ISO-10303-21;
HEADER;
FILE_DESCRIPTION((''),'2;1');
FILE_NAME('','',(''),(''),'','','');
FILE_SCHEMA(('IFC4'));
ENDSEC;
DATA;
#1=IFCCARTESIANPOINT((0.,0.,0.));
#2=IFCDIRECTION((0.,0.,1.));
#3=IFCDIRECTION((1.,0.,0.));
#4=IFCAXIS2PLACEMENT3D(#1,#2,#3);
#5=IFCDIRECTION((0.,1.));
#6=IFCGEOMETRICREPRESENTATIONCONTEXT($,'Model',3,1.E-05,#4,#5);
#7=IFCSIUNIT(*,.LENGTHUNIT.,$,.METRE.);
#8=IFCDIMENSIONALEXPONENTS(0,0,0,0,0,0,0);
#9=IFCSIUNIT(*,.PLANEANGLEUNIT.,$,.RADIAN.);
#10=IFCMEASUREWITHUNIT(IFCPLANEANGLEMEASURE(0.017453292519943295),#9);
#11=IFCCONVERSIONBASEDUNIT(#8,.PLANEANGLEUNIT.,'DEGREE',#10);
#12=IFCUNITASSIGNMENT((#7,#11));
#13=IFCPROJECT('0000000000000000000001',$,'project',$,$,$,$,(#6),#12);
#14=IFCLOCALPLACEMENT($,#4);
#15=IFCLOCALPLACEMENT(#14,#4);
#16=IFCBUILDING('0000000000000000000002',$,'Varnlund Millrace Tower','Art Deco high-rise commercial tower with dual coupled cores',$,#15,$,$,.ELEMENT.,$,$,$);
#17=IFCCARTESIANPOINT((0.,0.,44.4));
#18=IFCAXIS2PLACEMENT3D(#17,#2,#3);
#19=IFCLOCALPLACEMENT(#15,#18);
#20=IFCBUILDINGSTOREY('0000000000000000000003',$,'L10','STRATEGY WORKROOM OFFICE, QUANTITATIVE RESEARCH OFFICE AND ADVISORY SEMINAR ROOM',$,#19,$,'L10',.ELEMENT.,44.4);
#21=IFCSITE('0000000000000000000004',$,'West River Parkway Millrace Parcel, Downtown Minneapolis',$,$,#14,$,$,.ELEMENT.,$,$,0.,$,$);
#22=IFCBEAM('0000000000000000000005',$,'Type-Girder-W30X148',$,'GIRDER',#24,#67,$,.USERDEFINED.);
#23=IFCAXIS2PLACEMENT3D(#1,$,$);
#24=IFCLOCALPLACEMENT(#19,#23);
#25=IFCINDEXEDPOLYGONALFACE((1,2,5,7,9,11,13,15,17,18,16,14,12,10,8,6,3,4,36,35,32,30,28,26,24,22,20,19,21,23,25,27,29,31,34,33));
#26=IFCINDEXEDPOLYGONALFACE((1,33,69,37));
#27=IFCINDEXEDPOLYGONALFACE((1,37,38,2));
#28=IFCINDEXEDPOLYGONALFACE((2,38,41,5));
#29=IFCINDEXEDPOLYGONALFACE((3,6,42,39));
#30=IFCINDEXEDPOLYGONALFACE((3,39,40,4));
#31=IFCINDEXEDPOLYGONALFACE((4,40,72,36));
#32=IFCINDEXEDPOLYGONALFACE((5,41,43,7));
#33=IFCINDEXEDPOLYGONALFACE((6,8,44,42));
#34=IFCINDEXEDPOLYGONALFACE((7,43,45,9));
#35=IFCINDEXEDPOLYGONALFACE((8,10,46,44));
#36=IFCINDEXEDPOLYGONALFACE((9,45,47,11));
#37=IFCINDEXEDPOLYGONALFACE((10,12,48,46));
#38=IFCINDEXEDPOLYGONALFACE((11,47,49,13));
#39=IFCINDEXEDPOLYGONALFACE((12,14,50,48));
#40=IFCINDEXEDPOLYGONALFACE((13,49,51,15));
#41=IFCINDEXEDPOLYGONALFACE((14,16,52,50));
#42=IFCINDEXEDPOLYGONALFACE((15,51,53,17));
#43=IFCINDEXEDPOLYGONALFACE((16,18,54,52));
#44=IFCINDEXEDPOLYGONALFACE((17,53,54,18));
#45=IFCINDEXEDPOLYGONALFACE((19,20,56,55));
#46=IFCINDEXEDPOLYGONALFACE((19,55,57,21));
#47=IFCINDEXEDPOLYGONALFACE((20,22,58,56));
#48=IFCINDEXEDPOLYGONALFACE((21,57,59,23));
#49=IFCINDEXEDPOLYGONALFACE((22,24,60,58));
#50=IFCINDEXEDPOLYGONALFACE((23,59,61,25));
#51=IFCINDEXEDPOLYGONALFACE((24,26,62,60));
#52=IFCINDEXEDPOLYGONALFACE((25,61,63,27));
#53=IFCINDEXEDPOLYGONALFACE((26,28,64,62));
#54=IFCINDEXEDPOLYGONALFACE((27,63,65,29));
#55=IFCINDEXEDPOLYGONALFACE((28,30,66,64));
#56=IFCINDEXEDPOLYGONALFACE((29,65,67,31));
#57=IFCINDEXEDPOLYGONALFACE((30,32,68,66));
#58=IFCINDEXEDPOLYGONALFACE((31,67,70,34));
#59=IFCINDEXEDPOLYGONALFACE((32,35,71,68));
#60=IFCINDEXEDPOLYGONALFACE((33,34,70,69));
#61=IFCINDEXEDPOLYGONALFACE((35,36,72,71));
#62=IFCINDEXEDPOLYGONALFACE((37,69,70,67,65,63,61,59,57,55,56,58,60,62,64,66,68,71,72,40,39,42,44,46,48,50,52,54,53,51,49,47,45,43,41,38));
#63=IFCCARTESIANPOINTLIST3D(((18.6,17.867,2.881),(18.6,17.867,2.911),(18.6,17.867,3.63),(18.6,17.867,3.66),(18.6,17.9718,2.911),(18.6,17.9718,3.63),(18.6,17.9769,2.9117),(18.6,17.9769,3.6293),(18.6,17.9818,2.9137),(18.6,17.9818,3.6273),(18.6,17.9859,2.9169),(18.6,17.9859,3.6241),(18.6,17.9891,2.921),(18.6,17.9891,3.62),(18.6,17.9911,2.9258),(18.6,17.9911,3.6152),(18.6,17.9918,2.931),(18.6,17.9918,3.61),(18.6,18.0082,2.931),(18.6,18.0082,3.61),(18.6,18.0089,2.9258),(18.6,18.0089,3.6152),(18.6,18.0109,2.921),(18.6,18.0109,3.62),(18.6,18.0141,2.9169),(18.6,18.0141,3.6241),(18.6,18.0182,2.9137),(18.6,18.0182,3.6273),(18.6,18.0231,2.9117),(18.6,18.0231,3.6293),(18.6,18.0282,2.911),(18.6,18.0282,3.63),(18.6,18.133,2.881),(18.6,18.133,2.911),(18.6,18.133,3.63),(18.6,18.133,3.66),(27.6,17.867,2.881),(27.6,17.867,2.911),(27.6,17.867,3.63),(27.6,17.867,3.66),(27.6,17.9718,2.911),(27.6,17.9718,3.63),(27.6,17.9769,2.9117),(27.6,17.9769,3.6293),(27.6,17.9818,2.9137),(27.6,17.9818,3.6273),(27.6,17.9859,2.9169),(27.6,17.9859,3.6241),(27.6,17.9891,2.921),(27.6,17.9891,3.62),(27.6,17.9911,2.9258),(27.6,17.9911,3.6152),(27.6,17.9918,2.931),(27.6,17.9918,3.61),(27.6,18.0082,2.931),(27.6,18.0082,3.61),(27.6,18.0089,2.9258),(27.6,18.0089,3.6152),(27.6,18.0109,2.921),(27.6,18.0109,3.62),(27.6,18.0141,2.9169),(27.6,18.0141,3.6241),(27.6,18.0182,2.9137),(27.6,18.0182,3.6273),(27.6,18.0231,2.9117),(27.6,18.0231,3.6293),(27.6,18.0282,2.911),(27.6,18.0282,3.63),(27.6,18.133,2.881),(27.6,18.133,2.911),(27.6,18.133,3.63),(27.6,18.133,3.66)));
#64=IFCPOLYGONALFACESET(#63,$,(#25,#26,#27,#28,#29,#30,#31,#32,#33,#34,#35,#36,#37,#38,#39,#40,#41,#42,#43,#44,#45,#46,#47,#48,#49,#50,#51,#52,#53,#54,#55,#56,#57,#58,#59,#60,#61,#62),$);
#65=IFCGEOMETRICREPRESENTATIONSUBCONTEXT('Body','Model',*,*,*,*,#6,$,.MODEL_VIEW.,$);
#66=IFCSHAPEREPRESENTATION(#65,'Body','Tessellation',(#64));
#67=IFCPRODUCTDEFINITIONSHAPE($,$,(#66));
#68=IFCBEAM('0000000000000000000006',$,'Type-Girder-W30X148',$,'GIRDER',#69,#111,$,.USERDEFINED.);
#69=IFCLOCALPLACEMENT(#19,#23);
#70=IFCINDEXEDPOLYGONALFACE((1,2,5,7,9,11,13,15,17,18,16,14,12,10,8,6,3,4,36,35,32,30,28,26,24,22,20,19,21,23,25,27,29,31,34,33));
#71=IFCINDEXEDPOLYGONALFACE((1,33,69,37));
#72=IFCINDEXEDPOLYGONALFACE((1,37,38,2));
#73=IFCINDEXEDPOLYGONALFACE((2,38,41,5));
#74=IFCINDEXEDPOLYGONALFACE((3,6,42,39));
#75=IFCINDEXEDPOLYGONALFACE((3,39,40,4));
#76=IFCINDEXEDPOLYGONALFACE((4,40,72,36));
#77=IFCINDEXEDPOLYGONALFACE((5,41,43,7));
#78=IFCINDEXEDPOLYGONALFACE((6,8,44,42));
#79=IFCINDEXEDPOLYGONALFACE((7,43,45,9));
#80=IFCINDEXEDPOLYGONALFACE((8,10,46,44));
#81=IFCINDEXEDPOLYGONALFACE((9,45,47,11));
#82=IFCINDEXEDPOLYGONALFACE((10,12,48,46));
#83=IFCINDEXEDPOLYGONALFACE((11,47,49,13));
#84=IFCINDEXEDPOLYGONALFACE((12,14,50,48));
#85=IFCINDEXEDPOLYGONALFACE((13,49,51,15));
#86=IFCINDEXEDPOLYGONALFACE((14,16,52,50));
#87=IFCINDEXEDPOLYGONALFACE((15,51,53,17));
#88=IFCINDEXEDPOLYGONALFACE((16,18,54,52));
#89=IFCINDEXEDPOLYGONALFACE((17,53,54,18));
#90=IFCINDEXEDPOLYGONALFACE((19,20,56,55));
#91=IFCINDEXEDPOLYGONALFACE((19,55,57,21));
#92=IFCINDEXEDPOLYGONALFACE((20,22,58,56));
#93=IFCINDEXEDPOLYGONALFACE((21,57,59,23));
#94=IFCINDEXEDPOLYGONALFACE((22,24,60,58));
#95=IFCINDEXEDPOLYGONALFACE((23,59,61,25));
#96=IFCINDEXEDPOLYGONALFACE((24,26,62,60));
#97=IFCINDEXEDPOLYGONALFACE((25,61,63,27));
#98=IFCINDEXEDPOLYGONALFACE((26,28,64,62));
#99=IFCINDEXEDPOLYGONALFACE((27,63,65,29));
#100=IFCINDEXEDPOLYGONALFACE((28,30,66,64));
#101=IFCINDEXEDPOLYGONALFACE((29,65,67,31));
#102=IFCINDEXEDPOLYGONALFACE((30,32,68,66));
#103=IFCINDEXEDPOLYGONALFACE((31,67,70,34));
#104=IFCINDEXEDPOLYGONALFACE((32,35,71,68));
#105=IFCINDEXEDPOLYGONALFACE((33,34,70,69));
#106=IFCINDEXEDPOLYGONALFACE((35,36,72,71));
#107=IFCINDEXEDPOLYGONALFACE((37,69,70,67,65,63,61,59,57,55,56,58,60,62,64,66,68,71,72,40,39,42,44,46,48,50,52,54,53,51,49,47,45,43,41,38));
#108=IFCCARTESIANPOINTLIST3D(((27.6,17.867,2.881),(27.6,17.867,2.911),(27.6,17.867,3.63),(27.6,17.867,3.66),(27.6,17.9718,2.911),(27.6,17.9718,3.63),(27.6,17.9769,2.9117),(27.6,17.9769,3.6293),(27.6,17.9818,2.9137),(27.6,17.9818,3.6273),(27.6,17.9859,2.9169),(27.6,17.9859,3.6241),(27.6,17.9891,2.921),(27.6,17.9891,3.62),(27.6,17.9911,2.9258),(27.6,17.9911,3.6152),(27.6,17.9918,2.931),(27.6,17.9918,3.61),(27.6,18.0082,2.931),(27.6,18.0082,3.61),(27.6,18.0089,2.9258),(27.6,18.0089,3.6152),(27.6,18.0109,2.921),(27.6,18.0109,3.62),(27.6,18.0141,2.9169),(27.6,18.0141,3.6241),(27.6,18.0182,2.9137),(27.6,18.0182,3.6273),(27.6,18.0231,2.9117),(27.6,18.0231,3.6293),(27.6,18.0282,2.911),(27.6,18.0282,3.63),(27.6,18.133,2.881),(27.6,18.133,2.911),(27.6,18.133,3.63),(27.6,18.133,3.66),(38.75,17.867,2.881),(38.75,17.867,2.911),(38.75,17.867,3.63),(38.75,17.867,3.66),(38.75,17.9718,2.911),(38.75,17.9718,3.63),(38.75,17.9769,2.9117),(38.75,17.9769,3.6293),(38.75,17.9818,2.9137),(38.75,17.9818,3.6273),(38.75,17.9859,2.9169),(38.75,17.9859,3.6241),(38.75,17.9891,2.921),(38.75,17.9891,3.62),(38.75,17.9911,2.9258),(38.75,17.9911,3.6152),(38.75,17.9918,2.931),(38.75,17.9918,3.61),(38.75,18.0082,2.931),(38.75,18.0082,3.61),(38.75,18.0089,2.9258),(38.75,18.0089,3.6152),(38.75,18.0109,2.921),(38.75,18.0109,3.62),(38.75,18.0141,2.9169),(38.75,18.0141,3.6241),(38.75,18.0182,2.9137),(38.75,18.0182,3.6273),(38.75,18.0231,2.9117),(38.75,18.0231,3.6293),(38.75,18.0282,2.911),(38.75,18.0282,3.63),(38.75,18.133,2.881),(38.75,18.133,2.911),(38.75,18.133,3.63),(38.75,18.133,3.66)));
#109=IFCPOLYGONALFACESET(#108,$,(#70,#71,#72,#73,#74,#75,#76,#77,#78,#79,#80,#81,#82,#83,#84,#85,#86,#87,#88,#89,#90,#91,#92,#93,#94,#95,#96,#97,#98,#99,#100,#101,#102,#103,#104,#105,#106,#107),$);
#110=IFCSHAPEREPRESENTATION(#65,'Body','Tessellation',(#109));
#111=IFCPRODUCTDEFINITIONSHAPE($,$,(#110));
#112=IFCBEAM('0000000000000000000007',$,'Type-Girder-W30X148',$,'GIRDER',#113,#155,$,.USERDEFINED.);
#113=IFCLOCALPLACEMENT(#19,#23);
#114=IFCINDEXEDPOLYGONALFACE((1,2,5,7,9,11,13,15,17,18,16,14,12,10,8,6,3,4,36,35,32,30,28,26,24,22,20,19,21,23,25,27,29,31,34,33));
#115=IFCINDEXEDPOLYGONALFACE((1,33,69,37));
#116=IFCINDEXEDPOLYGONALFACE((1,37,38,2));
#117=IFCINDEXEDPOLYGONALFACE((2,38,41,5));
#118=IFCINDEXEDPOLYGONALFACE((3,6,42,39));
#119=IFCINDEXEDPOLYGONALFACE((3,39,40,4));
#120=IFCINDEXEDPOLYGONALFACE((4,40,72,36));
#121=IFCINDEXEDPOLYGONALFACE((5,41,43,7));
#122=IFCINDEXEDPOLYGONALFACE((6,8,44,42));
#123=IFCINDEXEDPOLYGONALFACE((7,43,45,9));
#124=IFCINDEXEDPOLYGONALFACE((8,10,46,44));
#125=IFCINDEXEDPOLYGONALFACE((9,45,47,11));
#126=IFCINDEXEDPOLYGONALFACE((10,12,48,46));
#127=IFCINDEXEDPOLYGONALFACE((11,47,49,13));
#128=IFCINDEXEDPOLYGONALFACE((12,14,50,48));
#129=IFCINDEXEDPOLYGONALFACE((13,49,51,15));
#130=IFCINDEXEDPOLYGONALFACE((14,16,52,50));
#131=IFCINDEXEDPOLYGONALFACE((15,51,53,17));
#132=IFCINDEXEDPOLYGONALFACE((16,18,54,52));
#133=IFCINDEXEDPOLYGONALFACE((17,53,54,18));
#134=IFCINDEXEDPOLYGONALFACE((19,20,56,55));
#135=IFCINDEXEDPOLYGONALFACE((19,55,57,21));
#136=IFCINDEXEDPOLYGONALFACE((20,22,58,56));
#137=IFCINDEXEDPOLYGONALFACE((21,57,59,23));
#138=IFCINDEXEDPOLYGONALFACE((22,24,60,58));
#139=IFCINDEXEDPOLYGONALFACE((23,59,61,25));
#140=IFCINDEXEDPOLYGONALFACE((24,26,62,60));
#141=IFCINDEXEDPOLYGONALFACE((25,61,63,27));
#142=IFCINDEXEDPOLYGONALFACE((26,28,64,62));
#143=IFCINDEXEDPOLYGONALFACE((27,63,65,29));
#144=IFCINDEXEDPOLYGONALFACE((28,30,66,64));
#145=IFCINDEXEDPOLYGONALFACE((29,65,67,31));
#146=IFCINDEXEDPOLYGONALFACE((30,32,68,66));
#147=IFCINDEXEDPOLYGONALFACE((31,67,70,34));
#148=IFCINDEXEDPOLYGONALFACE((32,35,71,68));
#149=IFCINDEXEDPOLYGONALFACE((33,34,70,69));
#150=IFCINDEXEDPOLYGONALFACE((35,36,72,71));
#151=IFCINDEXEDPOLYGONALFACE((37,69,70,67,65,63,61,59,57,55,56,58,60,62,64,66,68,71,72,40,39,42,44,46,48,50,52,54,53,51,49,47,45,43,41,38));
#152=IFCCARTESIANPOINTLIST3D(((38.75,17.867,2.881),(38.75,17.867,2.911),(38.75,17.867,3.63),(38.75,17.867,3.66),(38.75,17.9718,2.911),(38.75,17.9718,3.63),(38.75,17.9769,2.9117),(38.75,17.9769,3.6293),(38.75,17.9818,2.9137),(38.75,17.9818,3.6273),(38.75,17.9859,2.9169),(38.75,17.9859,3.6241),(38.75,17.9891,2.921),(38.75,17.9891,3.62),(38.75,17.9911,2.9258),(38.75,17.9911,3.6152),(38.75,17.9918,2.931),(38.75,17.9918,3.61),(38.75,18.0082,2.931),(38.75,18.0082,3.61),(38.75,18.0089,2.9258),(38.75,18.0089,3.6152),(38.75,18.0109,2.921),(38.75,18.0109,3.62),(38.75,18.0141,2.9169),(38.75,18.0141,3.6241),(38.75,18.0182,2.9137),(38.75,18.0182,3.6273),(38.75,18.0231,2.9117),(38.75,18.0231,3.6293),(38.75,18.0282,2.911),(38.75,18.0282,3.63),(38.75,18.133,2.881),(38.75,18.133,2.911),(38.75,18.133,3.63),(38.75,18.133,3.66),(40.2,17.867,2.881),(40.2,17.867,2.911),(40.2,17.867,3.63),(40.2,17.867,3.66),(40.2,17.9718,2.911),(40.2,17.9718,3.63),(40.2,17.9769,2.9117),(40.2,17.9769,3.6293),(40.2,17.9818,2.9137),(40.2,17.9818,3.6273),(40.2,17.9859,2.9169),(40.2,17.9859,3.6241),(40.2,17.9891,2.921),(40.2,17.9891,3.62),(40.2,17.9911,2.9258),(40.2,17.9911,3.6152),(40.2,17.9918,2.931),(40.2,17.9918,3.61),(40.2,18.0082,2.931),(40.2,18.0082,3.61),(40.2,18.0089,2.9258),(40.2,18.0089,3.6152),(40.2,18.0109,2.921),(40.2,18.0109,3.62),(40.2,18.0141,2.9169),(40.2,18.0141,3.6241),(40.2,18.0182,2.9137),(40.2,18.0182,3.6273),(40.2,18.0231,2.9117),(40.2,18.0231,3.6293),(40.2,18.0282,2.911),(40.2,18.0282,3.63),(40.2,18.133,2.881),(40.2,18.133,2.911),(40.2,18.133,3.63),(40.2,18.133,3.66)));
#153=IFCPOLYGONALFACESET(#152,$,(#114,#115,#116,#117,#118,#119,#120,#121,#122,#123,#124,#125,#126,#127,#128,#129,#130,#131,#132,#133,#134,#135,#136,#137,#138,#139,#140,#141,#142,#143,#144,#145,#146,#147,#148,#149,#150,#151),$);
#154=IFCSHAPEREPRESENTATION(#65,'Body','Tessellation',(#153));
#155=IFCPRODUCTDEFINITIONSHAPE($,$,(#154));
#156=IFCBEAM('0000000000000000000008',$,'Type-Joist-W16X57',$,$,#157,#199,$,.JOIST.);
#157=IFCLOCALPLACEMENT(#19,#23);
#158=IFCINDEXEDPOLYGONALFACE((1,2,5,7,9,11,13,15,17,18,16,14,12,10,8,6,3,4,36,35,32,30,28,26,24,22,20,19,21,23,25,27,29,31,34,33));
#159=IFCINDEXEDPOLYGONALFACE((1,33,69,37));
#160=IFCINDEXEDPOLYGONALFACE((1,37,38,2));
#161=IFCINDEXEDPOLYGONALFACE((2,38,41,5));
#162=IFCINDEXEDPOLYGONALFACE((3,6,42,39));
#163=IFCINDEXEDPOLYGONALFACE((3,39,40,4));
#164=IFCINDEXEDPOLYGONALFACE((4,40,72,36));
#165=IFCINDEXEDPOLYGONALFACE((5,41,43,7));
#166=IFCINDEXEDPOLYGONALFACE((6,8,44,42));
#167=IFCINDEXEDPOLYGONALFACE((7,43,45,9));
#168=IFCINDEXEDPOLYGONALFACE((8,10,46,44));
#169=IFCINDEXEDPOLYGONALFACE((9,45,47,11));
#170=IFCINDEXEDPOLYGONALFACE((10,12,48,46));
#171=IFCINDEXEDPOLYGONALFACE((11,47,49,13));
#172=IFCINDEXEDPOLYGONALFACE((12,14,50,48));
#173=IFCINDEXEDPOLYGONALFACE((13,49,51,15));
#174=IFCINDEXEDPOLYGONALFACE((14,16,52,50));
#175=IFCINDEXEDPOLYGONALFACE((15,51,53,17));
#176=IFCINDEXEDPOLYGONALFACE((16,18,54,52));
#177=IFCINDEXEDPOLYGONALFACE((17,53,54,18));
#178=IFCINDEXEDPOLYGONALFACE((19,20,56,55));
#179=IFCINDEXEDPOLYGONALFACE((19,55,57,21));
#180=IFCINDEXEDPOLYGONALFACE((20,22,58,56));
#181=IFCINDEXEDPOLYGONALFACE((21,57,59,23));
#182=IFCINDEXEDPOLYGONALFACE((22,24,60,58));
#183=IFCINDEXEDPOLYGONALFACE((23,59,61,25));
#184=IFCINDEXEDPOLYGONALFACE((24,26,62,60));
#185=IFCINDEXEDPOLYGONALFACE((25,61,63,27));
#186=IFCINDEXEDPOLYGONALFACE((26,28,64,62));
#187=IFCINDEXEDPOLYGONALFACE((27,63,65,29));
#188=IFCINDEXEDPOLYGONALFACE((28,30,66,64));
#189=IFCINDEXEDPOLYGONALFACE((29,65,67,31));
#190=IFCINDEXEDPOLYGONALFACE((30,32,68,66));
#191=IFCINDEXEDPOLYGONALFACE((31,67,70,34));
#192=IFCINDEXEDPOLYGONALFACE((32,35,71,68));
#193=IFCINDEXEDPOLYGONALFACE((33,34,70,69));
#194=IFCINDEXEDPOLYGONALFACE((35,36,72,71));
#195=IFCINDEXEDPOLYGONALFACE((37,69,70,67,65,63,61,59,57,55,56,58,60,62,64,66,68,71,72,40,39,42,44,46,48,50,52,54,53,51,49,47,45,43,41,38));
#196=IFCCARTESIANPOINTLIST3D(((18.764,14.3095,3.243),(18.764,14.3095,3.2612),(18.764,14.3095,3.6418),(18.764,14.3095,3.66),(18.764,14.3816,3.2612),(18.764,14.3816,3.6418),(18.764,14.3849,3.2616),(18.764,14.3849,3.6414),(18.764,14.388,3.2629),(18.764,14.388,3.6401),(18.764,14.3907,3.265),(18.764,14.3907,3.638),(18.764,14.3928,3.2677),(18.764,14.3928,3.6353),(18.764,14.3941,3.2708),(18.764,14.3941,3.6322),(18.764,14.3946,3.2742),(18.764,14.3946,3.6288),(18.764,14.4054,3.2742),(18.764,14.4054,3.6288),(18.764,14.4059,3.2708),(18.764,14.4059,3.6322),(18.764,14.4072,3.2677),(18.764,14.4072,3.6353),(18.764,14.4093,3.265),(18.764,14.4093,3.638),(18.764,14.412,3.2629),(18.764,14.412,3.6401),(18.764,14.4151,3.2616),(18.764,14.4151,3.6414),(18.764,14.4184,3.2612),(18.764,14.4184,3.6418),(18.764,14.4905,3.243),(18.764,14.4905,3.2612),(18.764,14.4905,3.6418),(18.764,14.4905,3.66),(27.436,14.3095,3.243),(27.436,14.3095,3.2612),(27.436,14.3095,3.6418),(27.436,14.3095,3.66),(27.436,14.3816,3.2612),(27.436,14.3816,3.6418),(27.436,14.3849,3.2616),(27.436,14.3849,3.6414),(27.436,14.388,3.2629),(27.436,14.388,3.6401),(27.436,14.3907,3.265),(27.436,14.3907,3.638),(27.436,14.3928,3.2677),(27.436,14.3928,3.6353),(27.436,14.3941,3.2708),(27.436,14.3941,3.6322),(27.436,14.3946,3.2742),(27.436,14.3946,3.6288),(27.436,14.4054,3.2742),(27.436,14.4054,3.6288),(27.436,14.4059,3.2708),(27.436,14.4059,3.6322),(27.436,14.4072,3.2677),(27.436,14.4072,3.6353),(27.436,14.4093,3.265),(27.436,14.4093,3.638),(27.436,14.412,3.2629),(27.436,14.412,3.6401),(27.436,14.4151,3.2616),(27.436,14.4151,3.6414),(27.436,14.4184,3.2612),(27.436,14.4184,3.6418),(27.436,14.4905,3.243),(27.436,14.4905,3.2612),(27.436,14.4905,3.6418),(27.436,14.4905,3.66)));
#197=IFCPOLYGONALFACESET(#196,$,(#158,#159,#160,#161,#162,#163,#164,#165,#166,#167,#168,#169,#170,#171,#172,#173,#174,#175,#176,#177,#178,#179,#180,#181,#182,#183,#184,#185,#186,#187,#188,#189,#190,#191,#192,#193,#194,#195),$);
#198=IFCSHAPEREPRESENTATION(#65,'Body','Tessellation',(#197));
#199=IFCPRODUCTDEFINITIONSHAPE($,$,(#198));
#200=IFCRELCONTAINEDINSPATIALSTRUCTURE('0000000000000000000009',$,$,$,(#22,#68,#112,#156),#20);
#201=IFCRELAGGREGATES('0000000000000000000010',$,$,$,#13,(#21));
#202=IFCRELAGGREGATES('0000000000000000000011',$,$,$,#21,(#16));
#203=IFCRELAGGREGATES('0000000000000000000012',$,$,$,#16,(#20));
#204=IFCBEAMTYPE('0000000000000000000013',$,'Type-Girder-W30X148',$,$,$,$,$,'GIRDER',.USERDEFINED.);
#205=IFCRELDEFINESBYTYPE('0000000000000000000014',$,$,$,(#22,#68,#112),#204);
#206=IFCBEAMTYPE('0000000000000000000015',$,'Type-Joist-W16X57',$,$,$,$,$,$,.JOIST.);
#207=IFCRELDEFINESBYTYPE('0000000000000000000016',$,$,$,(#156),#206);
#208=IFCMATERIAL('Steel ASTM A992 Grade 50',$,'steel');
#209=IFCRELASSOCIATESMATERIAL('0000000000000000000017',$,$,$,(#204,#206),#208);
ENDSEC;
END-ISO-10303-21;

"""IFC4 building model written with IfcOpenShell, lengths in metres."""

from ifc_helpers import new_model, entity, si_unit, converted_unit, direction, frame, origin_with_axes, origin_2d_with_axis, place, context, subcontext, project, spatial, i_section, extrude, material, material_profile, profile_set, type_object, element, save


model = new_model("IFC4")

# Units and contexts
model_context = context("Model", 3, precision=1e-05, world=origin_with_axes(), true_north=direction((0.0, 1.0)))
body_context = subcontext(model_context, "Body", "Model", "MODEL_VIEW")
ifc_project = project(units=[si_unit("LENGTHUNIT", "METRE"), converted_unit("PLANEANGLEUNIT", "DEGREE", entity("IfcPlaneAngleMeasure", 0.017453292519943295), si_unit("PLANEANGLEUNIT", "RADIAN"), dimensions=[0, 0, 0, 0, 0, 0, 0])], contexts=[model_context])

# Site, building, storey
site_placement = place(None, origin_with_axes())
site = spatial("IfcSite", under=ifc_project, at=site_placement, Name="West River Parkway Millrace Parcel, Downtown Minneapolis", CompositionType="ELEMENT", RefElevation=0.0)
building_placement = place(site_placement, origin_with_axes())
building = spatial("IfcBuilding", under=site, at=building_placement, Name="Varnlund Millrace Tower", Description="Art Deco high-rise commercial tower with dual coupled cores", CompositionType="ELEMENT")
storey_placement = place(building_placement, frame((0.0, 0.0, 44.4), z_axis=(0.0, 0.0, 1.0), x_axis=(1.0, 0.0, 0.0)))
storey = spatial("IfcBuildingStorey", under=building, at=storey_placement, Name="L10", Description="STRATEGY WORKROOM OFFICE, QUANTITATIVE RESEARCH OFFICE AND ADVISORY SEMINAR ROOM", LongName="L10", CompositionType="ELEMENT", Elevation=44.4)

# Beams
ifc_material_1 = material(Name="Steel ASTM A992 Grade 50", Category="steel")
ifc_material_profile_1 = material_profile(ifc_material_1, i_section(OverallWidth=0.266, OverallDepth=0.779, WebThickness=0.0165, FlangeThickness=0.03, FilletRadius=0.02, at=origin_2d_with_axis()), Name="Steel ASTM A992 Grade 50")
ifc_profile_set_1 = profile_set([ifc_material_profile_1], Name="Steel ASTM A992 Grade 50")
beam_type_1 = type_object("IfcBeamType", Name="Type-Girder-W30X148", ElementType="GIRDER", PredefinedType="USERDEFINED", material=ifc_profile_set_1)
beam_1_placement = place(storey_placement, frame((18.6, 18.0, 3.2705), z_axis=(1.0, 0.0, 0.0), x_axis=(0.0, 1.0, 0.0)))
element("IfcBeam", 1, at=beam_1_placement, inside=storey, type_object=beam_type_1, Name="Type-Girder-W30X148", ObjectType="GIRDER", PredefinedType="USERDEFINED", context=body_context, shape_type="SweptSolid", body=[
    extrude(i_section(OverallWidth=0.266, OverallDepth=0.779, WebThickness=0.0165, FlangeThickness=0.03, FilletRadius=0.02, at=origin_2d_with_axis()), origin_with_axes(), (0.0, 0.0, 1.0), 9.0),
])
beam_2_placement = place(storey_placement, frame((27.6, 18.0, 3.2705), z_axis=(1.0, 0.0, 0.0), x_axis=(0.0, 1.0, 0.0)))
element("IfcBeam", 2, at=beam_2_placement, inside=storey, type_object=beam_type_1, Name="Type-Girder-W30X148", ObjectType="GIRDER", PredefinedType="USERDEFINED", context=body_context, shape_type="SweptSolid", body=[
    extrude(i_section(OverallWidth=0.266, OverallDepth=0.779, WebThickness=0.0165, FlangeThickness=0.03, FilletRadius=0.02, at=origin_2d_with_axis()), origin_with_axes(), (0.0, 0.0, 1.0), 11.15),
])
beam_3_placement = place(storey_placement, frame((38.75, 18.0, 3.2705), z_axis=(1.0, 0.0, 0.0), x_axis=(0.0, 1.0, 0.0)))
element("IfcBeam", 3, at=beam_3_placement, inside=storey, type_object=beam_type_1, Name="Type-Girder-W30X148", ObjectType="GIRDER", PredefinedType="USERDEFINED", context=body_context, shape_type="SweptSolid", body=[
    extrude(i_section(OverallWidth=0.266, OverallDepth=0.779, WebThickness=0.0165, FlangeThickness=0.03, FilletRadius=0.02, at=origin_2d_with_axis()), origin_with_axes(), (0.0, 0.0, 1.0), 1.45),
])
ifc_material_profile_2 = material_profile(ifc_material_1, i_section(OverallWidth=0.181, OverallDepth=0.417, WebThickness=0.0109, FlangeThickness=0.0182, FilletRadius=0.013, at=origin_2d_with_axis()), Name="Steel ASTM A992 Grade 50")
ifc_profile_set_2 = profile_set([ifc_material_profile_2], Name="Steel ASTM A992 Grade 50")
beam_type_2 = type_object("IfcBeamType", Name="Type-Joist-W16X57", PredefinedType="JOIST", material=ifc_profile_set_2)
beam_4_placement = place(storey_placement, frame((18.764, 14.4, 3.4515), z_axis=(1.0, 0.0, 0.0), x_axis=(0.0, 1.0, 0.0)))
element("IfcBeam", 4, at=beam_4_placement, inside=storey, type_object=beam_type_2, Name="Type-Joist-W16X57", PredefinedType="JOIST", context=body_context, shape_type="SweptSolid", body=[
    extrude(i_section(OverallWidth=0.181, OverallDepth=0.417, WebThickness=0.0109, FlangeThickness=0.0182, FilletRadius=0.013, at=origin_2d_with_axis()), origin_with_axes(), (0.0, 0.0, 1.0), 8.672),
])

save(model, "model.ifc")
